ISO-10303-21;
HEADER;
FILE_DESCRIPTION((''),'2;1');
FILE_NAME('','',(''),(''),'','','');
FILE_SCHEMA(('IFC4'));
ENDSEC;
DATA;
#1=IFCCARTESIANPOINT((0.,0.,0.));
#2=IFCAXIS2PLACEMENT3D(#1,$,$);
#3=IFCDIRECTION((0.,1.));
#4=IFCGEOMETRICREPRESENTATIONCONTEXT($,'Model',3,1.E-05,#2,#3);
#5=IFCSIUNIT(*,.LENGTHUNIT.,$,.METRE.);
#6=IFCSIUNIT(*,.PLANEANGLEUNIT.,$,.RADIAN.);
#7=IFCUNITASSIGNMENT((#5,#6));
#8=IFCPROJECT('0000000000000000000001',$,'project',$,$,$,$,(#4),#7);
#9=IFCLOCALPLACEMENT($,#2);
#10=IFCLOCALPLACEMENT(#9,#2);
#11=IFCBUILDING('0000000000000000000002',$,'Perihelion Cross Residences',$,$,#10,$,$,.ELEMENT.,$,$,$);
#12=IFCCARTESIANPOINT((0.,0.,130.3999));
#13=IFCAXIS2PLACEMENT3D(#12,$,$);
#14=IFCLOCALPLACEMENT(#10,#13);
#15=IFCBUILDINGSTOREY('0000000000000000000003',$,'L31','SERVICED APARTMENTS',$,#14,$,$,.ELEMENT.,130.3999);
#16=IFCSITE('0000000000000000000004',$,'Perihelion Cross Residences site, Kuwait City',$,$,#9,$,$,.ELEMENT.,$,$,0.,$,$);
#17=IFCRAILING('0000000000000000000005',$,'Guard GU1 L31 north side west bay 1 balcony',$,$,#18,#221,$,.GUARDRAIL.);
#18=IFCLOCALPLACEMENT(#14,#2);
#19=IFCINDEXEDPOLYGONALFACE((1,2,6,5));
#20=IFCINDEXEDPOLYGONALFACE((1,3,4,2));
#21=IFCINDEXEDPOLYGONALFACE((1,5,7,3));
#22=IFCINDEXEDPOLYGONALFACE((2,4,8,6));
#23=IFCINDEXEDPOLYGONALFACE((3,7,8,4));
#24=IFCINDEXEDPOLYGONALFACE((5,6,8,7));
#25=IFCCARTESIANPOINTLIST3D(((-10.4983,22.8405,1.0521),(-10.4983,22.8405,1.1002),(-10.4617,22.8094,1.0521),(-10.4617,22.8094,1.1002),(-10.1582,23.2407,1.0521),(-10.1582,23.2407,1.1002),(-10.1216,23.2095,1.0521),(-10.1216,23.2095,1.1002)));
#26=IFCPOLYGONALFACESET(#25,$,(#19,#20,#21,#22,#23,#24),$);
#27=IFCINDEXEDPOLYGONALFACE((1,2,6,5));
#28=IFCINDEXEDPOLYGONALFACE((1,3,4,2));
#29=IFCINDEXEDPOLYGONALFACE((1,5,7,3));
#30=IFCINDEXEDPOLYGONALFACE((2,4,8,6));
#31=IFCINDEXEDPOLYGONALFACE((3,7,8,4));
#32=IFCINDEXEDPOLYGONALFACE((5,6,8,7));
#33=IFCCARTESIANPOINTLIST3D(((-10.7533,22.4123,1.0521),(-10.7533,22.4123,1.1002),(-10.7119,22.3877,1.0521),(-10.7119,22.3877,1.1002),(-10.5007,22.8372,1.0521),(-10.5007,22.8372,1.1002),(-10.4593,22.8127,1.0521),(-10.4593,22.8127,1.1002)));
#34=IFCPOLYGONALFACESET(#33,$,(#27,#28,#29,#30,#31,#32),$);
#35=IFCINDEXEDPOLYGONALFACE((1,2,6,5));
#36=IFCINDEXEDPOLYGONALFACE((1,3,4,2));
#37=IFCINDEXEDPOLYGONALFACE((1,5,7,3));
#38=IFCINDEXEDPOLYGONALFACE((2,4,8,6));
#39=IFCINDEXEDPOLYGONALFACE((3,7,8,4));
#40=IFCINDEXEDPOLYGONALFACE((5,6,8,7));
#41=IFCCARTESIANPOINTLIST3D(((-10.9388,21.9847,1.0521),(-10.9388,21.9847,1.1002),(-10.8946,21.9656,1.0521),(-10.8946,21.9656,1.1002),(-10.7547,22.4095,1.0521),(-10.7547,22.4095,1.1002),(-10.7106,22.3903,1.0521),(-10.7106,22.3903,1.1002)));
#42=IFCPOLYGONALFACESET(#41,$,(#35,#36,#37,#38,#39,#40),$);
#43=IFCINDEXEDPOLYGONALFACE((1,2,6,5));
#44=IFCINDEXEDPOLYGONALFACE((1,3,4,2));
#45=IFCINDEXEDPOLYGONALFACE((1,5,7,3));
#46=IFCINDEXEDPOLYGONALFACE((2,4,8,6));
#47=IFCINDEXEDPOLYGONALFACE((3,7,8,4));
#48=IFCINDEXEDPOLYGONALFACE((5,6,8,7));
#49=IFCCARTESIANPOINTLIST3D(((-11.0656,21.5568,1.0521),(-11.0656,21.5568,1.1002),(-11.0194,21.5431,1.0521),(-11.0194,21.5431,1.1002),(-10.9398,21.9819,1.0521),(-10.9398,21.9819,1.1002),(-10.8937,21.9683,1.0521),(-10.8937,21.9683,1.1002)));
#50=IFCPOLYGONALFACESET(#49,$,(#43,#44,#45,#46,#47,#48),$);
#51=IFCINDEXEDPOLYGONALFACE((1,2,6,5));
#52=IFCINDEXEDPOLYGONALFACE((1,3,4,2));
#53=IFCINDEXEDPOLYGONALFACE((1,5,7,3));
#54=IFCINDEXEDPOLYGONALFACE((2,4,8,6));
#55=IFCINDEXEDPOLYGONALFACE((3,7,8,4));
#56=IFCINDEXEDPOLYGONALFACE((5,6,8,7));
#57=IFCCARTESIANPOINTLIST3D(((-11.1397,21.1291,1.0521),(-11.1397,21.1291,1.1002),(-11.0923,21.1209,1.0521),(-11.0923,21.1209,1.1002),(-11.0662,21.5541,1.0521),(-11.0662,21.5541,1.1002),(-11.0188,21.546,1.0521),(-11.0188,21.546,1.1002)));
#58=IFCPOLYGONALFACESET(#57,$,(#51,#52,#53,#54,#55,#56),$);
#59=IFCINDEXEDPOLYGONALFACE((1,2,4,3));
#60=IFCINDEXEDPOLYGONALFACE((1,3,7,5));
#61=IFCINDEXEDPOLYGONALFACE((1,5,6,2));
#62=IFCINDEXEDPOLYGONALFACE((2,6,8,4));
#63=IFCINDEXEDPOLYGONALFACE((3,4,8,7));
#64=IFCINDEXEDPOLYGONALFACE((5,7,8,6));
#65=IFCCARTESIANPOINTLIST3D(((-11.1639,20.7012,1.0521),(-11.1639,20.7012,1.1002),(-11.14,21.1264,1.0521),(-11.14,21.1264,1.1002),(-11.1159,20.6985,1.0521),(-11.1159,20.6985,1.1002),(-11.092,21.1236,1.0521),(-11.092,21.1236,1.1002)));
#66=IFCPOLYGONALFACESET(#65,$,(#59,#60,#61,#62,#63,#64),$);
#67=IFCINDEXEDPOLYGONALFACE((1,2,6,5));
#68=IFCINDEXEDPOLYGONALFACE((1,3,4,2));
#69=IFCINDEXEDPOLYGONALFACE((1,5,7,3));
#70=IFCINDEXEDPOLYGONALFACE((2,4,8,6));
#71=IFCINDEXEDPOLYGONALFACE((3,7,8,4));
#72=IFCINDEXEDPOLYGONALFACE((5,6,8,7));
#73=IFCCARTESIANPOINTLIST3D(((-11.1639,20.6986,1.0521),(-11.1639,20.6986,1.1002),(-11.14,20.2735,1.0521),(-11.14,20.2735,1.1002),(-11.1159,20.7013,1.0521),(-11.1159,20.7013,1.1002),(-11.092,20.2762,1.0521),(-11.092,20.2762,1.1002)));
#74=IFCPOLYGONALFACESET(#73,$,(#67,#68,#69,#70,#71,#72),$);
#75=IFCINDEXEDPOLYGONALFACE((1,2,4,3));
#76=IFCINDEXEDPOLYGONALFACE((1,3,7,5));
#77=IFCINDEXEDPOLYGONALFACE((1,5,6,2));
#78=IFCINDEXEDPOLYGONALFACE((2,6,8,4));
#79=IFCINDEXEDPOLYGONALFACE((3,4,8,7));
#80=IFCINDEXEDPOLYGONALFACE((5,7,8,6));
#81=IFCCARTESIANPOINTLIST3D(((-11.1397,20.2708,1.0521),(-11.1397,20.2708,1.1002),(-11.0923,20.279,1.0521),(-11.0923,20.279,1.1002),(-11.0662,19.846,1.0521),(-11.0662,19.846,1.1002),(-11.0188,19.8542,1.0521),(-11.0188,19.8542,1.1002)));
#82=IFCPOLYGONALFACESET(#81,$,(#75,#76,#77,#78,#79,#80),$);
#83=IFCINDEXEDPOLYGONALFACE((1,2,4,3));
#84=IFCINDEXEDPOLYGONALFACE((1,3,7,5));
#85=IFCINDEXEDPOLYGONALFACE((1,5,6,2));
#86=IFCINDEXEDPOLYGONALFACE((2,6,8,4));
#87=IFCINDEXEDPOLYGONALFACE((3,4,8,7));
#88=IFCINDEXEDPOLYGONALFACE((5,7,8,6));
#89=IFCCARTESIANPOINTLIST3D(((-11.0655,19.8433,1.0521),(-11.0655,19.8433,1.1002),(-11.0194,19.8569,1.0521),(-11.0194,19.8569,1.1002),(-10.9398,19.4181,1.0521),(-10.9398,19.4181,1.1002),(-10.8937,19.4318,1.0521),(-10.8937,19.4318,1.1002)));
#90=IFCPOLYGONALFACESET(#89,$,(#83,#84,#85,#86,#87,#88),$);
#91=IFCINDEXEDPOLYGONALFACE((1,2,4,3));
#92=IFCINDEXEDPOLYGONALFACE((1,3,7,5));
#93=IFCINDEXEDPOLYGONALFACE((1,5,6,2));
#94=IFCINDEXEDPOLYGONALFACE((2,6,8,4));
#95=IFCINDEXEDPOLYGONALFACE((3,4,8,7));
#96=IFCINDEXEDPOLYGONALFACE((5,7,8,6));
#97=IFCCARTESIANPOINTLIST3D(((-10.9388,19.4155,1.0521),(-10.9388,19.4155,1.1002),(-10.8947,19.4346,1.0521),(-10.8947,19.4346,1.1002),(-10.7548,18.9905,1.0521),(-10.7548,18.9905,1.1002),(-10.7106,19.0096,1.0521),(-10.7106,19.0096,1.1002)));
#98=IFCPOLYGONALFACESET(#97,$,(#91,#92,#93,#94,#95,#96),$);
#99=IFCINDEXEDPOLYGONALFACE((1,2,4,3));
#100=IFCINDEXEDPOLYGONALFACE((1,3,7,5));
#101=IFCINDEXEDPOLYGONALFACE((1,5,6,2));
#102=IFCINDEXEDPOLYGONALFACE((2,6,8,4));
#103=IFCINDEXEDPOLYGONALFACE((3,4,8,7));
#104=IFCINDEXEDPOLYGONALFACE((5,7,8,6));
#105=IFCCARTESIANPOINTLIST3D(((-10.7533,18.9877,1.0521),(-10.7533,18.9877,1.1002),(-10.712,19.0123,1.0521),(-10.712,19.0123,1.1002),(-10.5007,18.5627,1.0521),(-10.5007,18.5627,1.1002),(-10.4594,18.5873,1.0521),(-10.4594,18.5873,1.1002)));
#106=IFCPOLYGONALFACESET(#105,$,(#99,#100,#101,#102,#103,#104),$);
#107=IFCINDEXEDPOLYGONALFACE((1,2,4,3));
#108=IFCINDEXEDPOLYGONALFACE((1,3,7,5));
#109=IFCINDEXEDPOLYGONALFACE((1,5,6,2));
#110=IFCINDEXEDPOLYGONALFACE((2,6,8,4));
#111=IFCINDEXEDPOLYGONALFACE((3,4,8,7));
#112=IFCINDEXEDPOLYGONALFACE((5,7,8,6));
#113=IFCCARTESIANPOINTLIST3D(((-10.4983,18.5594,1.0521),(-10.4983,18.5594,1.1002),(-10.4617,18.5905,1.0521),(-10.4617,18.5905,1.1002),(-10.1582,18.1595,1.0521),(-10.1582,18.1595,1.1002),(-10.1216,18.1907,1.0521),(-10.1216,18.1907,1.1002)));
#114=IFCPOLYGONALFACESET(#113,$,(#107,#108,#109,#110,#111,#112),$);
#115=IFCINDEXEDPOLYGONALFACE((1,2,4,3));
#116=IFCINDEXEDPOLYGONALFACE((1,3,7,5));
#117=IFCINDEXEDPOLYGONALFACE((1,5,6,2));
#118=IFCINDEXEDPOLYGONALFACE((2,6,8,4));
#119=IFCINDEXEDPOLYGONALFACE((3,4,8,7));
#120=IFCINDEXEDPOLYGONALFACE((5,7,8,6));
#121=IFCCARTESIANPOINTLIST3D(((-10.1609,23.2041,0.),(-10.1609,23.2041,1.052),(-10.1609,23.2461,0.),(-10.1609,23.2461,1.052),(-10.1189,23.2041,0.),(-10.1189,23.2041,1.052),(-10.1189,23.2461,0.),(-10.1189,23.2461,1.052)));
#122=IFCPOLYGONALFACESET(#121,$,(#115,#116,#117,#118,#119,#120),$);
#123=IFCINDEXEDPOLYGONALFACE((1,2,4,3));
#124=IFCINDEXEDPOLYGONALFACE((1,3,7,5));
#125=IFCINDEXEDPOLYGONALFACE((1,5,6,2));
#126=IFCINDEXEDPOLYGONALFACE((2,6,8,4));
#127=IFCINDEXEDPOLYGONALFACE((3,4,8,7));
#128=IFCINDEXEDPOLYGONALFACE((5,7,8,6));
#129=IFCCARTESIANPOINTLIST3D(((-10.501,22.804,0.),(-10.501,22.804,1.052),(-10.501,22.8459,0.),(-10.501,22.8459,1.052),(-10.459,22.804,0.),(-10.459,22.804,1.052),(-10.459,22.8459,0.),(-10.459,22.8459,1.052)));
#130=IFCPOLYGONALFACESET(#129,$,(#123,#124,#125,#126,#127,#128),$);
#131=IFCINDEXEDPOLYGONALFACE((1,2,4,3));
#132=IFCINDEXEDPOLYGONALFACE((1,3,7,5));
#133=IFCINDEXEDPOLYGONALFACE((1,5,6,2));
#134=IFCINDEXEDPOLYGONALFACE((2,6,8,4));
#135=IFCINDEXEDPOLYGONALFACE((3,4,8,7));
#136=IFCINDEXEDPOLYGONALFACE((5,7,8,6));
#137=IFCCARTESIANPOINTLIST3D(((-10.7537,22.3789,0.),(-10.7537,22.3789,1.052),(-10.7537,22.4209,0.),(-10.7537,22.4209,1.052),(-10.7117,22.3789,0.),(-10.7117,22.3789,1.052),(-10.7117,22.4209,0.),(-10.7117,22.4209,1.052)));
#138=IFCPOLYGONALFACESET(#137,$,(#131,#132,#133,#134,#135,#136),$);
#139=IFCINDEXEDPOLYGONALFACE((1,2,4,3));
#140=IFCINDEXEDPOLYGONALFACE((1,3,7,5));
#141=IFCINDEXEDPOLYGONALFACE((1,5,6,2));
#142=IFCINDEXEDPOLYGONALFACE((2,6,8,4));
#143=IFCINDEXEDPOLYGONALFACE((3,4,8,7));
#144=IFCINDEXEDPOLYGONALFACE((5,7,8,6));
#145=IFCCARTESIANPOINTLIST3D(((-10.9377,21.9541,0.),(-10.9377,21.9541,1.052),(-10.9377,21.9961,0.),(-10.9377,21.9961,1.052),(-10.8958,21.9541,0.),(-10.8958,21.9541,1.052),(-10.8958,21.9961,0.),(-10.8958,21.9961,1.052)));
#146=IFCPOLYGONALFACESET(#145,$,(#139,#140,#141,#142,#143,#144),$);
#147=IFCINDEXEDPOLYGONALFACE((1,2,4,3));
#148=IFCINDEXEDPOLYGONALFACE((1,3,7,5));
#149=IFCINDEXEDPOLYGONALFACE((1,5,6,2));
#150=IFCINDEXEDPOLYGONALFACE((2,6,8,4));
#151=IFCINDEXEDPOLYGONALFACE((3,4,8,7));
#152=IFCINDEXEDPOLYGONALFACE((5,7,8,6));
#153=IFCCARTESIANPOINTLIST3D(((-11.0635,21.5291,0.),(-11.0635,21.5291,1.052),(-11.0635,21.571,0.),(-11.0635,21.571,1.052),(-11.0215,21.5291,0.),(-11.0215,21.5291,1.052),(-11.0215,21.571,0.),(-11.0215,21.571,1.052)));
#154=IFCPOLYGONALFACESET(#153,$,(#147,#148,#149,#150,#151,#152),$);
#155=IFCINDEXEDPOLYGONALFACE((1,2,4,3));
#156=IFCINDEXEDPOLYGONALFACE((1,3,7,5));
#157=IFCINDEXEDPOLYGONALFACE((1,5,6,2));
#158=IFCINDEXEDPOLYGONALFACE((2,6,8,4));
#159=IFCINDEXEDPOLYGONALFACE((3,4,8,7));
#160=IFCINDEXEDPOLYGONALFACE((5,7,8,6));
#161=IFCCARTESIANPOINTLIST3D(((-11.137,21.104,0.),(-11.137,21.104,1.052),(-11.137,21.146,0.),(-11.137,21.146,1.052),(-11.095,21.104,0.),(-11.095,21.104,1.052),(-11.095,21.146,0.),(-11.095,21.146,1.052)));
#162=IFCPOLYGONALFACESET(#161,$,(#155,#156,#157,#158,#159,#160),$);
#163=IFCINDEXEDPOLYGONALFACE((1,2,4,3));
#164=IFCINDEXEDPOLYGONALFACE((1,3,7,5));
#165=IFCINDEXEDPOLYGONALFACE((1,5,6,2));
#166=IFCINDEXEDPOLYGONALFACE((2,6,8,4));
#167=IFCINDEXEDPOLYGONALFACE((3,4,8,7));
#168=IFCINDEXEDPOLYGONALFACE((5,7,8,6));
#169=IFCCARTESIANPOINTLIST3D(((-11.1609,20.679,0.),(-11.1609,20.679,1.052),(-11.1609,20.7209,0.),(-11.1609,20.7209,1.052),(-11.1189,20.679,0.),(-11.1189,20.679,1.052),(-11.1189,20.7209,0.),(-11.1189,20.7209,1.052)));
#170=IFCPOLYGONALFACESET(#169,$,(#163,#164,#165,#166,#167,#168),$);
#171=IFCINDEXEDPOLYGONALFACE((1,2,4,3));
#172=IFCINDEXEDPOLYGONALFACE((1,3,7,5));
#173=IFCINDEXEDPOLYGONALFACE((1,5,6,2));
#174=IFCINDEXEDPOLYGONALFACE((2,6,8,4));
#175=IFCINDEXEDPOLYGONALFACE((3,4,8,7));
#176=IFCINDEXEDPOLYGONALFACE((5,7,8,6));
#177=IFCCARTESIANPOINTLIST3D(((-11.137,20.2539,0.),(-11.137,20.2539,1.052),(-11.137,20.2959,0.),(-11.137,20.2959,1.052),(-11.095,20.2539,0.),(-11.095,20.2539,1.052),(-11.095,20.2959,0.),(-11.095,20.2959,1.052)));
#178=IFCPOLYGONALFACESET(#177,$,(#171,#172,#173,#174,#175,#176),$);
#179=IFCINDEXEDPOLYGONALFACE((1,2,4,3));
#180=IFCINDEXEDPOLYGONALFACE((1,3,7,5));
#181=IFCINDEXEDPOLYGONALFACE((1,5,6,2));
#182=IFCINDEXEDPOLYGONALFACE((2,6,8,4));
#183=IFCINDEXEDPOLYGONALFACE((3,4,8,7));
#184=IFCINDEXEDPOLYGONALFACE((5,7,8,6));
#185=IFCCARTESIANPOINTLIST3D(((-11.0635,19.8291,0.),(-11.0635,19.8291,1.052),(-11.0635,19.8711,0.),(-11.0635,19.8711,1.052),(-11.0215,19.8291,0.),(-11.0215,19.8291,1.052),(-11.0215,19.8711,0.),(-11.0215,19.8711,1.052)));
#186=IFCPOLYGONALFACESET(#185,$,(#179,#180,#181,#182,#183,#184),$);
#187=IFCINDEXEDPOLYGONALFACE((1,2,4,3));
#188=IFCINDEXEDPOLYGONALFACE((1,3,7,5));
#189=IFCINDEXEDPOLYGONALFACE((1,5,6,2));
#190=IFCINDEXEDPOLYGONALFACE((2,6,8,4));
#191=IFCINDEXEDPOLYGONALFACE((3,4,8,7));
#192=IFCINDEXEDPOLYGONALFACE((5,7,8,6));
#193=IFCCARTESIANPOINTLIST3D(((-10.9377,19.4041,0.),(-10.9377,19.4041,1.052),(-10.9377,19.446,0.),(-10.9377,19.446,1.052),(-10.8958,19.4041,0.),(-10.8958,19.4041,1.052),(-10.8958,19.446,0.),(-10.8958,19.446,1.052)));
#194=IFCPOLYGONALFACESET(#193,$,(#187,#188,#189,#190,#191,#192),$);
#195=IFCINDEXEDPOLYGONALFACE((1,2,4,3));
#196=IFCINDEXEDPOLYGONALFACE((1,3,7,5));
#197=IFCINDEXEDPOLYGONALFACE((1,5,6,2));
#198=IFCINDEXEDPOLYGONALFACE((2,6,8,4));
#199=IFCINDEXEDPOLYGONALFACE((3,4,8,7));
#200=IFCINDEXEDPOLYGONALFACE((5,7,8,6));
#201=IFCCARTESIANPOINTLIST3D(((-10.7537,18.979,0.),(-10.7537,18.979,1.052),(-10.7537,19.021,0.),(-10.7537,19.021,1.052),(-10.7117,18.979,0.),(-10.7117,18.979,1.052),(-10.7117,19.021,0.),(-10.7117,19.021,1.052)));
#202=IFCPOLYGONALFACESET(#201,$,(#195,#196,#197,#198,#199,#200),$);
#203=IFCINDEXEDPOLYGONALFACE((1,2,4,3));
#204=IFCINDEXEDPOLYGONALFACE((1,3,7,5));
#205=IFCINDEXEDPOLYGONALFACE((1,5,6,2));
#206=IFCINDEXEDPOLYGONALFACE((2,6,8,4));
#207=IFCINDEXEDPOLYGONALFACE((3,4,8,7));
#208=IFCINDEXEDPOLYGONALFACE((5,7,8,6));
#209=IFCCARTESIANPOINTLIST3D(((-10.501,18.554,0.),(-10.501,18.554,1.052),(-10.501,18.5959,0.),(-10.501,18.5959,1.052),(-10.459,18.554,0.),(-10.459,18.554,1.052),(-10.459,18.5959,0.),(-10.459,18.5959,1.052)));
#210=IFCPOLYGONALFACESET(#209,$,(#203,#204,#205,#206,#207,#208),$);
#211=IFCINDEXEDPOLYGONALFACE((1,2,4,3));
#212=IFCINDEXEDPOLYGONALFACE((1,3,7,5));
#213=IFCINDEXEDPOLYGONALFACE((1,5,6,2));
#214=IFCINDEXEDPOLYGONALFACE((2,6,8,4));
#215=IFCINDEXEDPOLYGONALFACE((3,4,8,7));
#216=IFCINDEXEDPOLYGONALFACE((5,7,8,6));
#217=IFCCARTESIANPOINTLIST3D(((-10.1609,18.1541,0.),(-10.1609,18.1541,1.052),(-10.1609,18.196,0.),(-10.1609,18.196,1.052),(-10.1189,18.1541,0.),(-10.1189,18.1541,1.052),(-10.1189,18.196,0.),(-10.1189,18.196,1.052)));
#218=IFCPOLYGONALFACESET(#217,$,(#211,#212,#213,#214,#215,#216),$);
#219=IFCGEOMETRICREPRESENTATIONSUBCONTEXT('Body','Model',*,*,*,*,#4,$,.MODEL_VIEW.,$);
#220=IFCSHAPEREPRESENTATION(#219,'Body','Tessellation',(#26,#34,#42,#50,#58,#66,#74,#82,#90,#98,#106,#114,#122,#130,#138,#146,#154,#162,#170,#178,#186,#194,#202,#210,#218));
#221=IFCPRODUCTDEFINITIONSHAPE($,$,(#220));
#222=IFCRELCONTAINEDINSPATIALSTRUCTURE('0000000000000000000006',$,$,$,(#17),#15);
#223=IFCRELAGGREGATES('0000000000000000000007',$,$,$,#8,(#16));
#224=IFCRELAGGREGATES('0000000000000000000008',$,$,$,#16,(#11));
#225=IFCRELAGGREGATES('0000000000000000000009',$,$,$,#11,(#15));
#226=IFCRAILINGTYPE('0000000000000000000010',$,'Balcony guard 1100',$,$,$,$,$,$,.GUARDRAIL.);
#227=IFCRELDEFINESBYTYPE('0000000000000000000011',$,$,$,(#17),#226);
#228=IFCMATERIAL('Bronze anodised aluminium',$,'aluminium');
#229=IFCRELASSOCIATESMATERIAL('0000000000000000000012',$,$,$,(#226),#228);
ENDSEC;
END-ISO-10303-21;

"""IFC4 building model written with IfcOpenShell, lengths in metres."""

from ifc_helpers import new_model, si_unit, direction, frame, origin, origin_2d, place, context, subcontext, project, spatial, rectangle, extrude, material, type_object, element, save


model = new_model("IFC4")

# Units and contexts
model_context = context("Model", 3, precision=1e-05, world=origin(), true_north=direction((0.0, 1.0)))
body_context = subcontext(model_context, "Body", "Model", "MODEL_VIEW")
ifc_project = project(units=[si_unit("LENGTHUNIT", "METRE"), si_unit("PLANEANGLEUNIT", "RADIAN")], contexts=[model_context])

# Site, building, storey
site_placement = place(None, origin())
site = spatial("IfcSite", under=ifc_project, at=site_placement, Name="Perihelion Cross Residences site, Kuwait City", CompositionType="ELEMENT", RefElevation=0.0)
building_placement = place(site_placement, origin())
building = spatial("IfcBuilding", under=site, at=building_placement, Name="Perihelion Cross Residences", CompositionType="ELEMENT")
storey_placement = place(building_placement, frame((0.0, 0.0, 130.3999)))
storey = spatial("IfcBuildingStorey", under=building, at=storey_placement, Name="L31", Description="SERVICED APARTMENTS", CompositionType="ELEMENT", Elevation=130.3999)

# Railing
ifc_material_1 = material(Name="Bronze anodised aluminium", Category="aluminium")
railing_type = type_object("IfcRailingType", Name="Balcony guard 1100", PredefinedType="GUARDRAIL", material=ifc_material_1)
railing_1_placement = place(storey_placement, frame((-10.1399, 23.2251, 0.0)))
element("IfcRailing", 1, at=railing_1_placement, inside=storey, type_object=railing_type, Name="Guard GU1 L31 north side west bay 1 balcony", PredefinedType="GUARDRAIL", context=body_context, shape_type="SweptSolid", body=[
    extrude(rectangle(XDim=0.0481, YDim=0.0481, at=origin_2d()), frame((0.0, 0.0, 1.0762), z_axis=(-0.647608, -0.761974, 0.0), x_axis=(0.761974, -0.647608, 0.0)), (0.0, 0.0, 1.0), 0.5251),
    extrude(rectangle(XDim=0.0481, YDim=0.0481, at=origin_2d()), frame((-0.3401, -0.4001, 1.0762), z_axis=(-0.511006, -0.859577, 0.0), x_axis=(0.859577, -0.511006, 0.0)), (0.0, 0.0, 1.0), 0.4944),
    extrude(rectangle(XDim=0.0481, YDim=0.0481, at=origin_2d()), frame((-0.5928, -0.8252, 1.0762), z_axis=(-0.397607, -0.917556, 0.0), x_axis=(0.917556, -0.397607, 0.0)), (0.0, 0.0, 1.0), 0.4629),
    extrude(rectangle(XDim=0.0481, YDim=0.0481, at=origin_2d()), frame((-0.7769, -1.25, 1.0762), z_axis=(-0.283657, -0.958926, 0.0), x_axis=(0.958926, -0.283657, 0.0)), (0.0, 0.0, 1.0), 0.4434),
    extrude(rectangle(XDim=0.0481, YDim=0.0481, at=origin_2d()), frame((-0.9026, -1.675, 1.0762), z_axis=(-0.170362, -0.985382, 0.0), x_axis=(0.985382, -0.170362, 0.0)), (0.0, 0.0, 1.0), 0.4314),
    extrude(rectangle(XDim=0.0481, YDim=0.0481, at=origin_2d()), frame((-0.9761, -2.1001, 1.0762), z_axis=(-0.056201, -0.99842, 0.0), x_axis=(0.99842, -0.056201, 0.0)), (0.0, 0.0, 1.0), 0.4258),
    extrude(rectangle(XDim=0.0481, YDim=0.0481, at=origin_2d()), frame((-1.0, -2.5251, 1.0762), z_axis=(0.056201, -0.99842, 0.0), x_axis=(0.99842, 0.056201, 0.0)), (0.0, 0.0, 1.0), 0.4258),
    extrude(rectangle(XDim=0.0481, YDim=0.0481, at=origin_2d()), frame((-0.9761, -2.9502, 1.0762), z_axis=(0.170457, -0.985365, 0.0), x_axis=(0.985365, 0.170457, 0.0)), (0.0, 0.0, 1.0), 0.4312),
    extrude(rectangle(XDim=0.0481, YDim=0.0481, at=origin_2d()), frame((-0.9026, -3.375, 1.0762), z_axis=(0.283657, -0.958926, 0.0), x_axis=(0.958926, 0.283657, 0.0)), (0.0, 0.0, 1.0), 0.4434),
    extrude(rectangle(XDim=0.0481, YDim=0.0481, at=origin_2d()), frame((-0.7769, -3.8, 1.0762), z_axis=(0.397415, -0.917639, 0.0), x_axis=(0.917639, 0.397415, 0.0)), (0.0, 0.0, 1.0), 0.4631),
    extrude(rectangle(XDim=0.0481, YDim=0.0481, at=origin_2d()), frame((-0.5928, -4.2251, 1.0762), z_axis=(0.511006, -0.859577, 0.0), x_axis=(0.859577, 0.511006, 0.0)), (0.0, 0.0, 1.0), 0.4944),
    extrude(rectangle(XDim=0.0481, YDim=0.0481, at=origin_2d()), frame((-0.3401, -4.6501, 1.0762), z_axis=(0.647837, -0.761779, 0.0), x_axis=(0.761779, 0.647837, 0.0)), (0.0, 0.0, 1.0), 0.5249),
    extrude(rectangle(XDim=0.042, YDim=0.042, at=origin_2d()), origin(), (0.0, 0.0, 1.0), 1.052),
    extrude(rectangle(XDim=0.042, YDim=0.042, at=origin_2d()), frame((-0.3401, -0.4001, 0.0)), (0.0, 0.0, 1.0), 1.052),
    extrude(rectangle(XDim=0.042, YDim=0.042, at=origin_2d()), frame((-0.5928, -0.8252, 0.0)), (0.0, 0.0, 1.0), 1.052),
    extrude(rectangle(XDim=0.042, YDim=0.042, at=origin_2d()), frame((-0.7769, -1.25, 0.0)), (0.0, 0.0, 1.0), 1.052),
    extrude(rectangle(XDim=0.042, YDim=0.042, at=origin_2d()), frame((-0.9026, -1.675, 0.0)), (0.0, 0.0, 1.0), 1.052),
    extrude(rectangle(XDim=0.042, YDim=0.042, at=origin_2d()), frame((-0.9761, -2.1001, 0.0)), (0.0, 0.0, 1.0), 1.052),
    extrude(rectangle(XDim=0.042, YDim=0.042, at=origin_2d()), frame((-1.0, -2.5251, 0.0)), (0.0, 0.0, 1.0), 1.052),
    extrude(rectangle(XDim=0.042, YDim=0.042, at=origin_2d()), frame((-0.9761, -2.9502, 0.0)), (0.0, 0.0, 1.0), 1.052),
    extrude(rectangle(XDim=0.042, YDim=0.042, at=origin_2d()), frame((-0.9026, -3.375, 0.0)), (0.0, 0.0, 1.0), 1.052),
    extrude(rectangle(XDim=0.042, YDim=0.042, at=origin_2d()), frame((-0.7769, -3.8, 0.0)), (0.0, 0.0, 1.0), 1.052),
    extrude(rectangle(XDim=0.042, YDim=0.042, at=origin_2d()), frame((-0.5928, -4.2251, 0.0)), (0.0, 0.0, 1.0), 1.052),
    extrude(rectangle(XDim=0.042, YDim=0.042, at=origin_2d()), frame((-0.3401, -4.6501, 0.0)), (0.0, 0.0, 1.0), 1.052),
    extrude(rectangle(XDim=0.042, YDim=0.042, at=origin_2d()), frame((0.0, -5.05, 0.0)), (0.0, 0.0, 1.0), 1.052),
])

save(model, "model.ifc")
